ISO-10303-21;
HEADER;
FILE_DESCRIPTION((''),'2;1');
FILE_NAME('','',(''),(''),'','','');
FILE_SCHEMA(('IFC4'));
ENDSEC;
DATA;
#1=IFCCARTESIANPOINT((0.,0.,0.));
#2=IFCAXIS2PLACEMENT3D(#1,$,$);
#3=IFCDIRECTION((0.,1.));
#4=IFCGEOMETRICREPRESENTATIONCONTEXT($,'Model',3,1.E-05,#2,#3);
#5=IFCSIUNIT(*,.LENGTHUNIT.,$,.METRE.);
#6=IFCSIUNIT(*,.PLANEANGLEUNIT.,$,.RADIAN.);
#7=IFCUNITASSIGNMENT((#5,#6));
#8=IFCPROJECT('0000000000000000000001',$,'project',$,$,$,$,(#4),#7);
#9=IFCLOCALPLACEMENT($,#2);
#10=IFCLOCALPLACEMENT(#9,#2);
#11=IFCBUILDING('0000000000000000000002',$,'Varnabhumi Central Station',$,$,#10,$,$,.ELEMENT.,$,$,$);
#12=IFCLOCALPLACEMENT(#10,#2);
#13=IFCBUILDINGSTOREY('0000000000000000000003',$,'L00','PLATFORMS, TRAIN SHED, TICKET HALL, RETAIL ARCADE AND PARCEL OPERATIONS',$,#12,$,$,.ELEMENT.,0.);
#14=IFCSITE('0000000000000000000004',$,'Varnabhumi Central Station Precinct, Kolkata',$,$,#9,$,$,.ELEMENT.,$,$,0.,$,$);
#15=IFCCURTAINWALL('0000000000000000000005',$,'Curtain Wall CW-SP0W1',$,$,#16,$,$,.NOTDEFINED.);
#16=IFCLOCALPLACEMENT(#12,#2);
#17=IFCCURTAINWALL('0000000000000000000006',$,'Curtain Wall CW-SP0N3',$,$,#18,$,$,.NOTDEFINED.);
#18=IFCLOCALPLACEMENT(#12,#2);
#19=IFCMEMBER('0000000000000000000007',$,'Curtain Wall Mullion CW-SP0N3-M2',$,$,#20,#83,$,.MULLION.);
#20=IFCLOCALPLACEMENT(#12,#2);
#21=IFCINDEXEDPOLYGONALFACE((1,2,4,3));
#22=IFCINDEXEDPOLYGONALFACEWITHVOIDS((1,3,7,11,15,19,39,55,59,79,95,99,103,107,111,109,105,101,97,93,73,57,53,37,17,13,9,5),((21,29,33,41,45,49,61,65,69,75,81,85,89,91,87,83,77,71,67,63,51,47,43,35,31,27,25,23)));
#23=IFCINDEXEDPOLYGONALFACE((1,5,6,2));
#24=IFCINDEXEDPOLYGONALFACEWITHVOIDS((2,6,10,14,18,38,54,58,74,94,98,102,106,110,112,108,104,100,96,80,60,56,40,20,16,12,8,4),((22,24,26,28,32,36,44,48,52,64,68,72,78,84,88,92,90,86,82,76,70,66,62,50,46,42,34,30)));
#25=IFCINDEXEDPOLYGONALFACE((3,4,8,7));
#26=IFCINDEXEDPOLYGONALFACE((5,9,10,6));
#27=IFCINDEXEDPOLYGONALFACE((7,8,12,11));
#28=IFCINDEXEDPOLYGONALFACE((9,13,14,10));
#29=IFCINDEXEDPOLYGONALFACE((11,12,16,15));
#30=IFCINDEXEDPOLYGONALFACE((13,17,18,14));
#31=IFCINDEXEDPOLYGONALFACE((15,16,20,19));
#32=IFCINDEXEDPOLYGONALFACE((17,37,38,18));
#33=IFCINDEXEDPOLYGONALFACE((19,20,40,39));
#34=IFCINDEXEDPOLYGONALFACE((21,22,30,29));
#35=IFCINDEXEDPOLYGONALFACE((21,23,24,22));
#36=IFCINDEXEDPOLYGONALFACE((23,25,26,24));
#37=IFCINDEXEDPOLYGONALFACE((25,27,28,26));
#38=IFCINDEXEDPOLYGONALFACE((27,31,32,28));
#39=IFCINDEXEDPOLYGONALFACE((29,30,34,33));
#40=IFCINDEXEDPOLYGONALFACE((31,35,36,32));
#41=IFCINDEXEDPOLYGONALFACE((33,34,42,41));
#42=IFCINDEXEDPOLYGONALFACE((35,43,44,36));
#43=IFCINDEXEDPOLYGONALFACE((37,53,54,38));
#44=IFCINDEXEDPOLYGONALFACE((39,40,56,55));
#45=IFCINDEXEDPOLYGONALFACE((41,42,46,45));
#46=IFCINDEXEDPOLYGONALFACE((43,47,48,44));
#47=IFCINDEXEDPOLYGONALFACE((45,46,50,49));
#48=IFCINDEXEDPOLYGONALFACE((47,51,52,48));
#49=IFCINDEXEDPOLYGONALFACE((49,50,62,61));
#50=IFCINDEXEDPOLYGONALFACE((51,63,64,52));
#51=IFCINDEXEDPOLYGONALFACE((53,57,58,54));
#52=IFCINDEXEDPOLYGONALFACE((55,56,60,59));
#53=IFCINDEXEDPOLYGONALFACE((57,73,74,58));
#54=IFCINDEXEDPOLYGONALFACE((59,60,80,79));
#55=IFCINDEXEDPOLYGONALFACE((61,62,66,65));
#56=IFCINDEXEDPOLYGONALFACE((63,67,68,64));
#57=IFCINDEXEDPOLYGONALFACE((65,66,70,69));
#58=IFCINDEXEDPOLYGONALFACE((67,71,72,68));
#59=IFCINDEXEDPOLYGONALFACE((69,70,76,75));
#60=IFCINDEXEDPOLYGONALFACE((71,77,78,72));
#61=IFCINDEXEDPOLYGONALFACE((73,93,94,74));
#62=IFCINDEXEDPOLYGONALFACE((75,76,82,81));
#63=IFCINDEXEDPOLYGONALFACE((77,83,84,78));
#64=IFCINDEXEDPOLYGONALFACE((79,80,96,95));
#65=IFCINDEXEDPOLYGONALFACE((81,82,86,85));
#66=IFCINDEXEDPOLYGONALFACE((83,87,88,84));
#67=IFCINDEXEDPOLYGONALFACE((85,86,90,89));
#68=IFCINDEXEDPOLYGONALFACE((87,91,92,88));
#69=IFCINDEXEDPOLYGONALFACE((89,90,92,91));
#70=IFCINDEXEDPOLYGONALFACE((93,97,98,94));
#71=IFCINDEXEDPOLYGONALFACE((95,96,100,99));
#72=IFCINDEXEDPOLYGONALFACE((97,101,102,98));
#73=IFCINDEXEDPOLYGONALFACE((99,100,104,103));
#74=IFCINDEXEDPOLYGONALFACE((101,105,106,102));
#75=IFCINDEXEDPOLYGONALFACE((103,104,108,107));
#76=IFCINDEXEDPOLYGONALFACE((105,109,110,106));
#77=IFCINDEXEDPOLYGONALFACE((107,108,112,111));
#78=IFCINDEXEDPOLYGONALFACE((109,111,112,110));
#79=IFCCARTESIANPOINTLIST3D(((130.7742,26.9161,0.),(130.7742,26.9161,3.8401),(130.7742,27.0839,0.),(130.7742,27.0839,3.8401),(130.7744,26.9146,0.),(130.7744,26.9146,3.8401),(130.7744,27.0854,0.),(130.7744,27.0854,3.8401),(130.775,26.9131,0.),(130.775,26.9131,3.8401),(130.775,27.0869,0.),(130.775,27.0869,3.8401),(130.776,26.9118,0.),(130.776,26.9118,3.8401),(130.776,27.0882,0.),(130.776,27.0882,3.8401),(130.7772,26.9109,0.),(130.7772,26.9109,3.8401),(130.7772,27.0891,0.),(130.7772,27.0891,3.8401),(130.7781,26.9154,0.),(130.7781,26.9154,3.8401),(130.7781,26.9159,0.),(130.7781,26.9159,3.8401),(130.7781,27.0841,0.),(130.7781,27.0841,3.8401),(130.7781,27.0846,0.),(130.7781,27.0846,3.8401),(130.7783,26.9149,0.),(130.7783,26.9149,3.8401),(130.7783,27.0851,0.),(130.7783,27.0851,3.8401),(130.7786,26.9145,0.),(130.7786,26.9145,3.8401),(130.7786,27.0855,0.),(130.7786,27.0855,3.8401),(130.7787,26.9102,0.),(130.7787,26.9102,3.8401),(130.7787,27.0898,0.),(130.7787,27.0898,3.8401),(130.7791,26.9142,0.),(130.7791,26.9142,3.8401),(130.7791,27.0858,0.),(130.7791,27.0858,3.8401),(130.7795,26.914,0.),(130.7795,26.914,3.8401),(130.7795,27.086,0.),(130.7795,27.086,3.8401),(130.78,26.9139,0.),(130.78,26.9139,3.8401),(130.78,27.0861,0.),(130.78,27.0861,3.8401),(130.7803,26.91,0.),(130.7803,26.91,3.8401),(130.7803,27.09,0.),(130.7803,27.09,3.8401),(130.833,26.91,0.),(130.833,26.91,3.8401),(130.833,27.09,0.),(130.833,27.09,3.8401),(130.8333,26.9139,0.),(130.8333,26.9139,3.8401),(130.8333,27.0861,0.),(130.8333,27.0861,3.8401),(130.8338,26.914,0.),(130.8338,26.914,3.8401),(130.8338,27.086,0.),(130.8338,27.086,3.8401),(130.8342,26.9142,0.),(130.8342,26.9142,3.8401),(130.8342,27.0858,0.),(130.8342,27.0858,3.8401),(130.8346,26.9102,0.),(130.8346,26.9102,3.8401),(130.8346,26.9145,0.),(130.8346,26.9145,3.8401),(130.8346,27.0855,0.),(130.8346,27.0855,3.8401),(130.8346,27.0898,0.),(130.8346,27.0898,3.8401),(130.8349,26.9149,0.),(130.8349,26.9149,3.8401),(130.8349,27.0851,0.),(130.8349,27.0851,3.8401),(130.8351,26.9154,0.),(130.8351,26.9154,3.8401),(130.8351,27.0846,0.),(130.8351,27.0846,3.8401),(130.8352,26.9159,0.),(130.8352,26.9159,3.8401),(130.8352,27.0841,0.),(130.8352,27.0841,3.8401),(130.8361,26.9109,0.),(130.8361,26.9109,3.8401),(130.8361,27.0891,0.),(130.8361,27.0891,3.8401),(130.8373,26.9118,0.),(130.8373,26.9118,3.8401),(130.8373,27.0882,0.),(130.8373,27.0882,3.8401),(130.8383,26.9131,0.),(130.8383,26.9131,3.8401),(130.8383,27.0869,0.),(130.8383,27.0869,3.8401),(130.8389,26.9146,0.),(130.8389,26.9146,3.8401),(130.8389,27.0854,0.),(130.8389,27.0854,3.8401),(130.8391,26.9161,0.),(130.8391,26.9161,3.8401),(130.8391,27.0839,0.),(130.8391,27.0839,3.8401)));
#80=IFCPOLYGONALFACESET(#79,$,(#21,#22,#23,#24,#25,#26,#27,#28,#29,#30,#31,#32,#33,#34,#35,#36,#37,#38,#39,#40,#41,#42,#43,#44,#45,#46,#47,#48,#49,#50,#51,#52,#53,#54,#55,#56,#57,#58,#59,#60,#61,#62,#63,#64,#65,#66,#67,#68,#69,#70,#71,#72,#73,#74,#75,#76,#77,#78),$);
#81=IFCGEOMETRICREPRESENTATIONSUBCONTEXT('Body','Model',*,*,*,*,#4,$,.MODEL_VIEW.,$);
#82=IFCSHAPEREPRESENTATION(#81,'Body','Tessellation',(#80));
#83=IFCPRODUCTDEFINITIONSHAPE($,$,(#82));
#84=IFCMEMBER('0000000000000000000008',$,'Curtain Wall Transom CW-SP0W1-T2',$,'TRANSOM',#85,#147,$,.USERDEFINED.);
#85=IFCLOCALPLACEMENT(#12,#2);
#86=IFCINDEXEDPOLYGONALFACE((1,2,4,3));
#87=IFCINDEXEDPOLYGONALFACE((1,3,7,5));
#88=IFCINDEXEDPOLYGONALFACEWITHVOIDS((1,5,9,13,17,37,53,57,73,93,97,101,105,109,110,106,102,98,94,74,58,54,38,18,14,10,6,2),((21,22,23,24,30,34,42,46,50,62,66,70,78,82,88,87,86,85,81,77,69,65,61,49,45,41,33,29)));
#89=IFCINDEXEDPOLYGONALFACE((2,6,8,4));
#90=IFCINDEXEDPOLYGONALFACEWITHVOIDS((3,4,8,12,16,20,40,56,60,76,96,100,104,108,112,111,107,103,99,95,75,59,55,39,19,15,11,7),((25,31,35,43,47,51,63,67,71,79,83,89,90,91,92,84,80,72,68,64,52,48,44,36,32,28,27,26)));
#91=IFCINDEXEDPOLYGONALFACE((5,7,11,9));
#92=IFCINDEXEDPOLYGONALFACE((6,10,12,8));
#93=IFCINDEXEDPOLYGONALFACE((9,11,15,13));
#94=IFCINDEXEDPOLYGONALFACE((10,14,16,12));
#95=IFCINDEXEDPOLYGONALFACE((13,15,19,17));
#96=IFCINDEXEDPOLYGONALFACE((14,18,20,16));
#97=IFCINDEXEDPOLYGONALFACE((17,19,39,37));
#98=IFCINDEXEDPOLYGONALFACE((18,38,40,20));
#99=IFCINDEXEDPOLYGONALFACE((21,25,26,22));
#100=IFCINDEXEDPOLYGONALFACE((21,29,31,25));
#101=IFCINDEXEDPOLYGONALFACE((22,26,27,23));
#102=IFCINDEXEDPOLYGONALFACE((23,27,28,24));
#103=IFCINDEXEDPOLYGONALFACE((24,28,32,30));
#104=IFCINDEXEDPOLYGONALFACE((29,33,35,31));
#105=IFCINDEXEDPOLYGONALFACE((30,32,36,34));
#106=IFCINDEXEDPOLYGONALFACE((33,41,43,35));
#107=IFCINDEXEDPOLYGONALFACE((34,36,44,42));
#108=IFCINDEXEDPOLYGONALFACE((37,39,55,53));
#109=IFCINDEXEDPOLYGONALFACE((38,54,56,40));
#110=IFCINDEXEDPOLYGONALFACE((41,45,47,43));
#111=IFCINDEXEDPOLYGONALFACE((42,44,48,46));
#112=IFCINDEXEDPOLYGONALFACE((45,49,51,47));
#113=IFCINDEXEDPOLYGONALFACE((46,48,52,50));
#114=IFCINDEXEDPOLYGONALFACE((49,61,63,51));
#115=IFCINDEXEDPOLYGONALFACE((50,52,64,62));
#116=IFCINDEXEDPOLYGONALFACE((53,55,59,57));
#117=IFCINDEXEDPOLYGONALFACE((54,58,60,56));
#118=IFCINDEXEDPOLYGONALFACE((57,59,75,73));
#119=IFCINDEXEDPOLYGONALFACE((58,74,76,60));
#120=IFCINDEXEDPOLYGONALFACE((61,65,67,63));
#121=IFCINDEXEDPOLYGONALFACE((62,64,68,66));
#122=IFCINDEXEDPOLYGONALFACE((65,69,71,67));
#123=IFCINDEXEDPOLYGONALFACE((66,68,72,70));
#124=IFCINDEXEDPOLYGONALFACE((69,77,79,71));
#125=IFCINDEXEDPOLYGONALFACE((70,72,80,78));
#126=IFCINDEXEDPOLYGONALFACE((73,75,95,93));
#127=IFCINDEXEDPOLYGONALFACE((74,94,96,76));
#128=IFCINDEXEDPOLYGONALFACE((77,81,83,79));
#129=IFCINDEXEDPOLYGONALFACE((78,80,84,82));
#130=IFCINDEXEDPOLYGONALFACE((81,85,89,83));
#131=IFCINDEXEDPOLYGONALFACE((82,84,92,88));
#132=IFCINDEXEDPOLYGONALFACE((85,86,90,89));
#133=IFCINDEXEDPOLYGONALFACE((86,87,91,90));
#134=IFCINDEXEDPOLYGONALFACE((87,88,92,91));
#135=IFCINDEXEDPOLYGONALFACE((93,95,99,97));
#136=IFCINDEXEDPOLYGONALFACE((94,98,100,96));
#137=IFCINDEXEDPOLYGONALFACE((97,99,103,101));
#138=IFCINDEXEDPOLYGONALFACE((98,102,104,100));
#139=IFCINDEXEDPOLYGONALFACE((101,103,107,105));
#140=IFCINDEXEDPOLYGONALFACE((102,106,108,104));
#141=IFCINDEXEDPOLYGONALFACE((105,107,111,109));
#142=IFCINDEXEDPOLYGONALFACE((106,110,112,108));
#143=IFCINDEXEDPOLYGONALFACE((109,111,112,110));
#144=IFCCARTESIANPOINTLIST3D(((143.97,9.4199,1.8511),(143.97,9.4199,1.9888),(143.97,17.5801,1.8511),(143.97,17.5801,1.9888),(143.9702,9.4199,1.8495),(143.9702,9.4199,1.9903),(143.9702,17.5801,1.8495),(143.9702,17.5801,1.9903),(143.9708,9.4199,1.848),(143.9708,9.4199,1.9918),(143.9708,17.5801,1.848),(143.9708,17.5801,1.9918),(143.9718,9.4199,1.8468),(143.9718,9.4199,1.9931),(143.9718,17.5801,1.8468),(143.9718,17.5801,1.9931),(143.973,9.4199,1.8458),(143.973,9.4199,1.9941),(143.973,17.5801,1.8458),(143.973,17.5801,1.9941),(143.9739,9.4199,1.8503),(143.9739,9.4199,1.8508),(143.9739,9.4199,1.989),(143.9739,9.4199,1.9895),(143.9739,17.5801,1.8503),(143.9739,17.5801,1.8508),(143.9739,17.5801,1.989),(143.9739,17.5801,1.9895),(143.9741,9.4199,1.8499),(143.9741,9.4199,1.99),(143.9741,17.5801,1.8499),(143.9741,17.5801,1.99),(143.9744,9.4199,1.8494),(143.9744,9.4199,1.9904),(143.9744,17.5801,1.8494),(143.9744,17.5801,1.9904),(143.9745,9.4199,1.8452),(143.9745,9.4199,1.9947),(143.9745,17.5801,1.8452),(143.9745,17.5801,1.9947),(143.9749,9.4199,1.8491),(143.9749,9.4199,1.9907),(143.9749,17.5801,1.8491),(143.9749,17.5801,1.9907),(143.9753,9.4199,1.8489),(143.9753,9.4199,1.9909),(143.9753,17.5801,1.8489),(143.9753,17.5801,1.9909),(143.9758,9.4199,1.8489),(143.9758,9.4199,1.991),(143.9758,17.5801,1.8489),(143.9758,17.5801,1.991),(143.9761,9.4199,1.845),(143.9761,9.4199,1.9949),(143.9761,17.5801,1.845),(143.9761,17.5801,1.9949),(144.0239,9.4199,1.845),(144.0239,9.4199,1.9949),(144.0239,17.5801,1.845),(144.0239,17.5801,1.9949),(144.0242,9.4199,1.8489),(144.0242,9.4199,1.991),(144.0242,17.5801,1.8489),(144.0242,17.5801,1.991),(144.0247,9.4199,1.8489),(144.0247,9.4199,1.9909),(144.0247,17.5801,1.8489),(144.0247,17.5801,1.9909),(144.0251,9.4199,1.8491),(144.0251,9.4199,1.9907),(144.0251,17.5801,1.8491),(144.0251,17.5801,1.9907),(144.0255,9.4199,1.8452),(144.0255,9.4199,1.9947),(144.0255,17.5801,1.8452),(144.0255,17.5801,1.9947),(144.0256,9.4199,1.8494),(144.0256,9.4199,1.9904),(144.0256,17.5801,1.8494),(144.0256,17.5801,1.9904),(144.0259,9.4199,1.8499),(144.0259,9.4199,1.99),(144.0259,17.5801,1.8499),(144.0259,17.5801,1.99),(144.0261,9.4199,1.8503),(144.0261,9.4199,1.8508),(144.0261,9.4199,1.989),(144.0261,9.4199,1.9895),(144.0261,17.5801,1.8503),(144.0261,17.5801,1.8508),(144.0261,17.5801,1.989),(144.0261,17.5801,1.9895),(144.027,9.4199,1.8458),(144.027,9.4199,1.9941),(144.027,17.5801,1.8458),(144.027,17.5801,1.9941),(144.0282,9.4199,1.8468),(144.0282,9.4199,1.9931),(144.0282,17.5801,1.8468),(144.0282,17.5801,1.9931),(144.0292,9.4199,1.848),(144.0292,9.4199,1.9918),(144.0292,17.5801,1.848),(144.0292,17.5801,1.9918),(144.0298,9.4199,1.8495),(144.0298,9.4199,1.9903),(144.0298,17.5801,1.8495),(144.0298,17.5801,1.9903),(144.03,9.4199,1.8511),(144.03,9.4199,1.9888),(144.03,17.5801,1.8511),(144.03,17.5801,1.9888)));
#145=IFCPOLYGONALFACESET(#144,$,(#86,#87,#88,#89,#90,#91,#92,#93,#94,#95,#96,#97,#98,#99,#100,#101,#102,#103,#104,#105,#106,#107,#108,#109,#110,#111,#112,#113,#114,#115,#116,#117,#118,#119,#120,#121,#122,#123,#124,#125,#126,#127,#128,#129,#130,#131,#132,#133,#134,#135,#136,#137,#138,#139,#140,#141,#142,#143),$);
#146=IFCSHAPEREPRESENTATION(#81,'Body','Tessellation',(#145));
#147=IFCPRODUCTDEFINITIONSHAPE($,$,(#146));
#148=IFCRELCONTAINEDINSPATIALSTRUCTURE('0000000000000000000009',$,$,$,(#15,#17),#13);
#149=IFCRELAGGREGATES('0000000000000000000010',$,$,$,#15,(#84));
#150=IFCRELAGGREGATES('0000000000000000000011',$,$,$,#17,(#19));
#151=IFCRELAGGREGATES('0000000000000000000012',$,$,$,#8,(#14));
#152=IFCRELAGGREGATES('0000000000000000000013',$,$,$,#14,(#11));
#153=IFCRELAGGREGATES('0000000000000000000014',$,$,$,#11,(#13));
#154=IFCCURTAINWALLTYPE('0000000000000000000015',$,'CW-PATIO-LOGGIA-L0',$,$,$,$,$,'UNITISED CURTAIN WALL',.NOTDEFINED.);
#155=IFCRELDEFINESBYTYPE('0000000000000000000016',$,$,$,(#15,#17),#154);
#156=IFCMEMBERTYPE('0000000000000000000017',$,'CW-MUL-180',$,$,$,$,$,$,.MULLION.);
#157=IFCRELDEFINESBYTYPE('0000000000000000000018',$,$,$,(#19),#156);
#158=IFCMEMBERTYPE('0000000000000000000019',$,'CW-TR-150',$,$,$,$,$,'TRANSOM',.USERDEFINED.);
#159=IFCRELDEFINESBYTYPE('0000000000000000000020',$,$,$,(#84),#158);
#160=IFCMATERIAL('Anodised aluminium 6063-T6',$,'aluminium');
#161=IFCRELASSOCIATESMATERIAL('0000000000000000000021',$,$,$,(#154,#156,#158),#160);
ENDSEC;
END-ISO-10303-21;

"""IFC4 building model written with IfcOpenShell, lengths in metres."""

from ifc_helpers import new_model, si_unit, direction, frame, origin, origin_2d, place, context, subcontext, project, spatial, hollow_rectangle, extrude, material, material_profile, profile_set, type_object, element, aggregate, save


model = new_model("IFC4")

# Units and contexts
model_context = context("Model", 3, precision=1e-05, world=origin(), true_north=direction((0.0, 1.0)))
body_context = subcontext(model_context, "Body", "Model", "MODEL_VIEW")
ifc_project = project(units=[si_unit("LENGTHUNIT", "METRE"), si_unit("PLANEANGLEUNIT", "RADIAN")], contexts=[model_context])

# Site, building, storey
site_placement = place(None, origin())
site = spatial("IfcSite", under=ifc_project, at=site_placement, Name="Varnabhumi Central Station Precinct, Kolkata", CompositionType="ELEMENT", RefElevation=0.0)
building_placement = place(site_placement, origin())
building = spatial("IfcBuilding", under=site, at=building_placement, Name="Varnabhumi Central Station", CompositionType="ELEMENT")
storey_placement = place(building_placement, origin())
storey = spatial("IfcBuildingStorey", under=building, at=storey_placement, Name="L00", Description="PLATFORMS, TRAIN SHED, TICKET HALL, RETAIL ARCADE AND PARCEL OPERATIONS", CompositionType="ELEMENT", Elevation=0.0)

# Curtain walls, member
ifc_material_1 = material(Name="Anodised aluminium 6063-T6", Category="aluminium")
curtain_wall_type = type_object("IfcCurtainWallType", Name="CW-PATIO-LOGGIA-L0", ElementType="UNITISED CURTAIN WALL", PredefinedType="NOTDEFINED", material=ifc_material_1)
curtain_wall_1_placement = place(storey_placement, origin())
curtain_wall_1 = element("IfcCurtainWall", 1, at=curtain_wall_1_placement, inside=storey, type_object=curtain_wall_type, Name="Curtain Wall CW-SP0W1", PredefinedType="NOTDEFINED")
ifc_material_profile_1 = material_profile(ifc_material_1, hollow_rectangle(XDim=0.0649, YDim=0.1799, WallThickness=0.0039, InnerFilletRadius=0.002, OuterFilletRadius=0.0061, at=origin_2d()), Name="Anodised aluminium 6063-T6", Category="aluminium")
ifc_profile_set_1 = profile_set([ifc_material_profile_1], Name="Anodised aluminium 6063-T6")
member_type_1 = type_object("IfcMemberType", Name="CW-MUL-180", PredefinedType="MULLION", material=ifc_profile_set_1)
curtain_wall_2_placement = place(storey_placement, origin())
curtain_wall_2 = element("IfcCurtainWall", 2, at=curtain_wall_2_placement, inside=storey, type_object=curtain_wall_type, Name="Curtain Wall CW-SP0N3", PredefinedType="NOTDEFINED")
member_1_placement = place(storey_placement, frame((130.8066, 27.0, 0.0), z_axis=(0.0, 0.0, 1.0), x_axis=(1.0, 0.0, 0.0)))
member_1 = element("IfcMember", 3, at=member_1_placement, type_object=member_type_1, Name="Curtain Wall Mullion CW-SP0N3-M2", PredefinedType="MULLION", context=body_context, shape_type="SweptSolid", body=[
    extrude(hollow_rectangle(XDim=0.0649, YDim=0.1799, WallThickness=0.0039, InnerFilletRadius=0.002, OuterFilletRadius=0.0061, at=origin_2d()), origin(), (0.0, 0.0, 1.0), 3.8401),
])

# Member
ifc_material_profile_2 = material_profile(ifc_material_1, hollow_rectangle(XDim=0.0601, YDim=0.1499, WallThickness=0.0039, InnerFilletRadius=0.002, OuterFilletRadius=0.0061, at=origin_2d()), Name="Anodised aluminium 6063-T6", Category="aluminium")
ifc_profile_set_2 = profile_set([ifc_material_profile_2], Name="Anodised aluminium 6063-T6")
member_type_2 = type_object("IfcMemberType", Name="CW-TR-150", ElementType="TRANSOM", PredefinedType="USERDEFINED", material=ifc_profile_set_2)
member_2_placement = place(storey_placement, frame((144.0, 9.4199, 1.9199), z_axis=(0.0, 1.0, 0.0), x_axis=(-1.0, 0.0, 0.0)))
member_2 = element("IfcMember", 4, at=member_2_placement, type_object=member_type_2, Name="Curtain Wall Transom CW-SP0W1-T2", ObjectType="TRANSOM", PredefinedType="USERDEFINED", context=body_context, shape_type="SweptSolid", body=[
    extrude(hollow_rectangle(XDim=0.0601, YDim=0.1499, WallThickness=0.0039, InnerFilletRadius=0.002, OuterFilletRadius=0.0061, at=origin_2d()), origin(), (0.0, 0.0, 1.0), 8.1602),
])

aggregate(curtain_wall_1, [member_2])
aggregate(curtain_wall_2, [member_1])

save(model, "model.ifc")
